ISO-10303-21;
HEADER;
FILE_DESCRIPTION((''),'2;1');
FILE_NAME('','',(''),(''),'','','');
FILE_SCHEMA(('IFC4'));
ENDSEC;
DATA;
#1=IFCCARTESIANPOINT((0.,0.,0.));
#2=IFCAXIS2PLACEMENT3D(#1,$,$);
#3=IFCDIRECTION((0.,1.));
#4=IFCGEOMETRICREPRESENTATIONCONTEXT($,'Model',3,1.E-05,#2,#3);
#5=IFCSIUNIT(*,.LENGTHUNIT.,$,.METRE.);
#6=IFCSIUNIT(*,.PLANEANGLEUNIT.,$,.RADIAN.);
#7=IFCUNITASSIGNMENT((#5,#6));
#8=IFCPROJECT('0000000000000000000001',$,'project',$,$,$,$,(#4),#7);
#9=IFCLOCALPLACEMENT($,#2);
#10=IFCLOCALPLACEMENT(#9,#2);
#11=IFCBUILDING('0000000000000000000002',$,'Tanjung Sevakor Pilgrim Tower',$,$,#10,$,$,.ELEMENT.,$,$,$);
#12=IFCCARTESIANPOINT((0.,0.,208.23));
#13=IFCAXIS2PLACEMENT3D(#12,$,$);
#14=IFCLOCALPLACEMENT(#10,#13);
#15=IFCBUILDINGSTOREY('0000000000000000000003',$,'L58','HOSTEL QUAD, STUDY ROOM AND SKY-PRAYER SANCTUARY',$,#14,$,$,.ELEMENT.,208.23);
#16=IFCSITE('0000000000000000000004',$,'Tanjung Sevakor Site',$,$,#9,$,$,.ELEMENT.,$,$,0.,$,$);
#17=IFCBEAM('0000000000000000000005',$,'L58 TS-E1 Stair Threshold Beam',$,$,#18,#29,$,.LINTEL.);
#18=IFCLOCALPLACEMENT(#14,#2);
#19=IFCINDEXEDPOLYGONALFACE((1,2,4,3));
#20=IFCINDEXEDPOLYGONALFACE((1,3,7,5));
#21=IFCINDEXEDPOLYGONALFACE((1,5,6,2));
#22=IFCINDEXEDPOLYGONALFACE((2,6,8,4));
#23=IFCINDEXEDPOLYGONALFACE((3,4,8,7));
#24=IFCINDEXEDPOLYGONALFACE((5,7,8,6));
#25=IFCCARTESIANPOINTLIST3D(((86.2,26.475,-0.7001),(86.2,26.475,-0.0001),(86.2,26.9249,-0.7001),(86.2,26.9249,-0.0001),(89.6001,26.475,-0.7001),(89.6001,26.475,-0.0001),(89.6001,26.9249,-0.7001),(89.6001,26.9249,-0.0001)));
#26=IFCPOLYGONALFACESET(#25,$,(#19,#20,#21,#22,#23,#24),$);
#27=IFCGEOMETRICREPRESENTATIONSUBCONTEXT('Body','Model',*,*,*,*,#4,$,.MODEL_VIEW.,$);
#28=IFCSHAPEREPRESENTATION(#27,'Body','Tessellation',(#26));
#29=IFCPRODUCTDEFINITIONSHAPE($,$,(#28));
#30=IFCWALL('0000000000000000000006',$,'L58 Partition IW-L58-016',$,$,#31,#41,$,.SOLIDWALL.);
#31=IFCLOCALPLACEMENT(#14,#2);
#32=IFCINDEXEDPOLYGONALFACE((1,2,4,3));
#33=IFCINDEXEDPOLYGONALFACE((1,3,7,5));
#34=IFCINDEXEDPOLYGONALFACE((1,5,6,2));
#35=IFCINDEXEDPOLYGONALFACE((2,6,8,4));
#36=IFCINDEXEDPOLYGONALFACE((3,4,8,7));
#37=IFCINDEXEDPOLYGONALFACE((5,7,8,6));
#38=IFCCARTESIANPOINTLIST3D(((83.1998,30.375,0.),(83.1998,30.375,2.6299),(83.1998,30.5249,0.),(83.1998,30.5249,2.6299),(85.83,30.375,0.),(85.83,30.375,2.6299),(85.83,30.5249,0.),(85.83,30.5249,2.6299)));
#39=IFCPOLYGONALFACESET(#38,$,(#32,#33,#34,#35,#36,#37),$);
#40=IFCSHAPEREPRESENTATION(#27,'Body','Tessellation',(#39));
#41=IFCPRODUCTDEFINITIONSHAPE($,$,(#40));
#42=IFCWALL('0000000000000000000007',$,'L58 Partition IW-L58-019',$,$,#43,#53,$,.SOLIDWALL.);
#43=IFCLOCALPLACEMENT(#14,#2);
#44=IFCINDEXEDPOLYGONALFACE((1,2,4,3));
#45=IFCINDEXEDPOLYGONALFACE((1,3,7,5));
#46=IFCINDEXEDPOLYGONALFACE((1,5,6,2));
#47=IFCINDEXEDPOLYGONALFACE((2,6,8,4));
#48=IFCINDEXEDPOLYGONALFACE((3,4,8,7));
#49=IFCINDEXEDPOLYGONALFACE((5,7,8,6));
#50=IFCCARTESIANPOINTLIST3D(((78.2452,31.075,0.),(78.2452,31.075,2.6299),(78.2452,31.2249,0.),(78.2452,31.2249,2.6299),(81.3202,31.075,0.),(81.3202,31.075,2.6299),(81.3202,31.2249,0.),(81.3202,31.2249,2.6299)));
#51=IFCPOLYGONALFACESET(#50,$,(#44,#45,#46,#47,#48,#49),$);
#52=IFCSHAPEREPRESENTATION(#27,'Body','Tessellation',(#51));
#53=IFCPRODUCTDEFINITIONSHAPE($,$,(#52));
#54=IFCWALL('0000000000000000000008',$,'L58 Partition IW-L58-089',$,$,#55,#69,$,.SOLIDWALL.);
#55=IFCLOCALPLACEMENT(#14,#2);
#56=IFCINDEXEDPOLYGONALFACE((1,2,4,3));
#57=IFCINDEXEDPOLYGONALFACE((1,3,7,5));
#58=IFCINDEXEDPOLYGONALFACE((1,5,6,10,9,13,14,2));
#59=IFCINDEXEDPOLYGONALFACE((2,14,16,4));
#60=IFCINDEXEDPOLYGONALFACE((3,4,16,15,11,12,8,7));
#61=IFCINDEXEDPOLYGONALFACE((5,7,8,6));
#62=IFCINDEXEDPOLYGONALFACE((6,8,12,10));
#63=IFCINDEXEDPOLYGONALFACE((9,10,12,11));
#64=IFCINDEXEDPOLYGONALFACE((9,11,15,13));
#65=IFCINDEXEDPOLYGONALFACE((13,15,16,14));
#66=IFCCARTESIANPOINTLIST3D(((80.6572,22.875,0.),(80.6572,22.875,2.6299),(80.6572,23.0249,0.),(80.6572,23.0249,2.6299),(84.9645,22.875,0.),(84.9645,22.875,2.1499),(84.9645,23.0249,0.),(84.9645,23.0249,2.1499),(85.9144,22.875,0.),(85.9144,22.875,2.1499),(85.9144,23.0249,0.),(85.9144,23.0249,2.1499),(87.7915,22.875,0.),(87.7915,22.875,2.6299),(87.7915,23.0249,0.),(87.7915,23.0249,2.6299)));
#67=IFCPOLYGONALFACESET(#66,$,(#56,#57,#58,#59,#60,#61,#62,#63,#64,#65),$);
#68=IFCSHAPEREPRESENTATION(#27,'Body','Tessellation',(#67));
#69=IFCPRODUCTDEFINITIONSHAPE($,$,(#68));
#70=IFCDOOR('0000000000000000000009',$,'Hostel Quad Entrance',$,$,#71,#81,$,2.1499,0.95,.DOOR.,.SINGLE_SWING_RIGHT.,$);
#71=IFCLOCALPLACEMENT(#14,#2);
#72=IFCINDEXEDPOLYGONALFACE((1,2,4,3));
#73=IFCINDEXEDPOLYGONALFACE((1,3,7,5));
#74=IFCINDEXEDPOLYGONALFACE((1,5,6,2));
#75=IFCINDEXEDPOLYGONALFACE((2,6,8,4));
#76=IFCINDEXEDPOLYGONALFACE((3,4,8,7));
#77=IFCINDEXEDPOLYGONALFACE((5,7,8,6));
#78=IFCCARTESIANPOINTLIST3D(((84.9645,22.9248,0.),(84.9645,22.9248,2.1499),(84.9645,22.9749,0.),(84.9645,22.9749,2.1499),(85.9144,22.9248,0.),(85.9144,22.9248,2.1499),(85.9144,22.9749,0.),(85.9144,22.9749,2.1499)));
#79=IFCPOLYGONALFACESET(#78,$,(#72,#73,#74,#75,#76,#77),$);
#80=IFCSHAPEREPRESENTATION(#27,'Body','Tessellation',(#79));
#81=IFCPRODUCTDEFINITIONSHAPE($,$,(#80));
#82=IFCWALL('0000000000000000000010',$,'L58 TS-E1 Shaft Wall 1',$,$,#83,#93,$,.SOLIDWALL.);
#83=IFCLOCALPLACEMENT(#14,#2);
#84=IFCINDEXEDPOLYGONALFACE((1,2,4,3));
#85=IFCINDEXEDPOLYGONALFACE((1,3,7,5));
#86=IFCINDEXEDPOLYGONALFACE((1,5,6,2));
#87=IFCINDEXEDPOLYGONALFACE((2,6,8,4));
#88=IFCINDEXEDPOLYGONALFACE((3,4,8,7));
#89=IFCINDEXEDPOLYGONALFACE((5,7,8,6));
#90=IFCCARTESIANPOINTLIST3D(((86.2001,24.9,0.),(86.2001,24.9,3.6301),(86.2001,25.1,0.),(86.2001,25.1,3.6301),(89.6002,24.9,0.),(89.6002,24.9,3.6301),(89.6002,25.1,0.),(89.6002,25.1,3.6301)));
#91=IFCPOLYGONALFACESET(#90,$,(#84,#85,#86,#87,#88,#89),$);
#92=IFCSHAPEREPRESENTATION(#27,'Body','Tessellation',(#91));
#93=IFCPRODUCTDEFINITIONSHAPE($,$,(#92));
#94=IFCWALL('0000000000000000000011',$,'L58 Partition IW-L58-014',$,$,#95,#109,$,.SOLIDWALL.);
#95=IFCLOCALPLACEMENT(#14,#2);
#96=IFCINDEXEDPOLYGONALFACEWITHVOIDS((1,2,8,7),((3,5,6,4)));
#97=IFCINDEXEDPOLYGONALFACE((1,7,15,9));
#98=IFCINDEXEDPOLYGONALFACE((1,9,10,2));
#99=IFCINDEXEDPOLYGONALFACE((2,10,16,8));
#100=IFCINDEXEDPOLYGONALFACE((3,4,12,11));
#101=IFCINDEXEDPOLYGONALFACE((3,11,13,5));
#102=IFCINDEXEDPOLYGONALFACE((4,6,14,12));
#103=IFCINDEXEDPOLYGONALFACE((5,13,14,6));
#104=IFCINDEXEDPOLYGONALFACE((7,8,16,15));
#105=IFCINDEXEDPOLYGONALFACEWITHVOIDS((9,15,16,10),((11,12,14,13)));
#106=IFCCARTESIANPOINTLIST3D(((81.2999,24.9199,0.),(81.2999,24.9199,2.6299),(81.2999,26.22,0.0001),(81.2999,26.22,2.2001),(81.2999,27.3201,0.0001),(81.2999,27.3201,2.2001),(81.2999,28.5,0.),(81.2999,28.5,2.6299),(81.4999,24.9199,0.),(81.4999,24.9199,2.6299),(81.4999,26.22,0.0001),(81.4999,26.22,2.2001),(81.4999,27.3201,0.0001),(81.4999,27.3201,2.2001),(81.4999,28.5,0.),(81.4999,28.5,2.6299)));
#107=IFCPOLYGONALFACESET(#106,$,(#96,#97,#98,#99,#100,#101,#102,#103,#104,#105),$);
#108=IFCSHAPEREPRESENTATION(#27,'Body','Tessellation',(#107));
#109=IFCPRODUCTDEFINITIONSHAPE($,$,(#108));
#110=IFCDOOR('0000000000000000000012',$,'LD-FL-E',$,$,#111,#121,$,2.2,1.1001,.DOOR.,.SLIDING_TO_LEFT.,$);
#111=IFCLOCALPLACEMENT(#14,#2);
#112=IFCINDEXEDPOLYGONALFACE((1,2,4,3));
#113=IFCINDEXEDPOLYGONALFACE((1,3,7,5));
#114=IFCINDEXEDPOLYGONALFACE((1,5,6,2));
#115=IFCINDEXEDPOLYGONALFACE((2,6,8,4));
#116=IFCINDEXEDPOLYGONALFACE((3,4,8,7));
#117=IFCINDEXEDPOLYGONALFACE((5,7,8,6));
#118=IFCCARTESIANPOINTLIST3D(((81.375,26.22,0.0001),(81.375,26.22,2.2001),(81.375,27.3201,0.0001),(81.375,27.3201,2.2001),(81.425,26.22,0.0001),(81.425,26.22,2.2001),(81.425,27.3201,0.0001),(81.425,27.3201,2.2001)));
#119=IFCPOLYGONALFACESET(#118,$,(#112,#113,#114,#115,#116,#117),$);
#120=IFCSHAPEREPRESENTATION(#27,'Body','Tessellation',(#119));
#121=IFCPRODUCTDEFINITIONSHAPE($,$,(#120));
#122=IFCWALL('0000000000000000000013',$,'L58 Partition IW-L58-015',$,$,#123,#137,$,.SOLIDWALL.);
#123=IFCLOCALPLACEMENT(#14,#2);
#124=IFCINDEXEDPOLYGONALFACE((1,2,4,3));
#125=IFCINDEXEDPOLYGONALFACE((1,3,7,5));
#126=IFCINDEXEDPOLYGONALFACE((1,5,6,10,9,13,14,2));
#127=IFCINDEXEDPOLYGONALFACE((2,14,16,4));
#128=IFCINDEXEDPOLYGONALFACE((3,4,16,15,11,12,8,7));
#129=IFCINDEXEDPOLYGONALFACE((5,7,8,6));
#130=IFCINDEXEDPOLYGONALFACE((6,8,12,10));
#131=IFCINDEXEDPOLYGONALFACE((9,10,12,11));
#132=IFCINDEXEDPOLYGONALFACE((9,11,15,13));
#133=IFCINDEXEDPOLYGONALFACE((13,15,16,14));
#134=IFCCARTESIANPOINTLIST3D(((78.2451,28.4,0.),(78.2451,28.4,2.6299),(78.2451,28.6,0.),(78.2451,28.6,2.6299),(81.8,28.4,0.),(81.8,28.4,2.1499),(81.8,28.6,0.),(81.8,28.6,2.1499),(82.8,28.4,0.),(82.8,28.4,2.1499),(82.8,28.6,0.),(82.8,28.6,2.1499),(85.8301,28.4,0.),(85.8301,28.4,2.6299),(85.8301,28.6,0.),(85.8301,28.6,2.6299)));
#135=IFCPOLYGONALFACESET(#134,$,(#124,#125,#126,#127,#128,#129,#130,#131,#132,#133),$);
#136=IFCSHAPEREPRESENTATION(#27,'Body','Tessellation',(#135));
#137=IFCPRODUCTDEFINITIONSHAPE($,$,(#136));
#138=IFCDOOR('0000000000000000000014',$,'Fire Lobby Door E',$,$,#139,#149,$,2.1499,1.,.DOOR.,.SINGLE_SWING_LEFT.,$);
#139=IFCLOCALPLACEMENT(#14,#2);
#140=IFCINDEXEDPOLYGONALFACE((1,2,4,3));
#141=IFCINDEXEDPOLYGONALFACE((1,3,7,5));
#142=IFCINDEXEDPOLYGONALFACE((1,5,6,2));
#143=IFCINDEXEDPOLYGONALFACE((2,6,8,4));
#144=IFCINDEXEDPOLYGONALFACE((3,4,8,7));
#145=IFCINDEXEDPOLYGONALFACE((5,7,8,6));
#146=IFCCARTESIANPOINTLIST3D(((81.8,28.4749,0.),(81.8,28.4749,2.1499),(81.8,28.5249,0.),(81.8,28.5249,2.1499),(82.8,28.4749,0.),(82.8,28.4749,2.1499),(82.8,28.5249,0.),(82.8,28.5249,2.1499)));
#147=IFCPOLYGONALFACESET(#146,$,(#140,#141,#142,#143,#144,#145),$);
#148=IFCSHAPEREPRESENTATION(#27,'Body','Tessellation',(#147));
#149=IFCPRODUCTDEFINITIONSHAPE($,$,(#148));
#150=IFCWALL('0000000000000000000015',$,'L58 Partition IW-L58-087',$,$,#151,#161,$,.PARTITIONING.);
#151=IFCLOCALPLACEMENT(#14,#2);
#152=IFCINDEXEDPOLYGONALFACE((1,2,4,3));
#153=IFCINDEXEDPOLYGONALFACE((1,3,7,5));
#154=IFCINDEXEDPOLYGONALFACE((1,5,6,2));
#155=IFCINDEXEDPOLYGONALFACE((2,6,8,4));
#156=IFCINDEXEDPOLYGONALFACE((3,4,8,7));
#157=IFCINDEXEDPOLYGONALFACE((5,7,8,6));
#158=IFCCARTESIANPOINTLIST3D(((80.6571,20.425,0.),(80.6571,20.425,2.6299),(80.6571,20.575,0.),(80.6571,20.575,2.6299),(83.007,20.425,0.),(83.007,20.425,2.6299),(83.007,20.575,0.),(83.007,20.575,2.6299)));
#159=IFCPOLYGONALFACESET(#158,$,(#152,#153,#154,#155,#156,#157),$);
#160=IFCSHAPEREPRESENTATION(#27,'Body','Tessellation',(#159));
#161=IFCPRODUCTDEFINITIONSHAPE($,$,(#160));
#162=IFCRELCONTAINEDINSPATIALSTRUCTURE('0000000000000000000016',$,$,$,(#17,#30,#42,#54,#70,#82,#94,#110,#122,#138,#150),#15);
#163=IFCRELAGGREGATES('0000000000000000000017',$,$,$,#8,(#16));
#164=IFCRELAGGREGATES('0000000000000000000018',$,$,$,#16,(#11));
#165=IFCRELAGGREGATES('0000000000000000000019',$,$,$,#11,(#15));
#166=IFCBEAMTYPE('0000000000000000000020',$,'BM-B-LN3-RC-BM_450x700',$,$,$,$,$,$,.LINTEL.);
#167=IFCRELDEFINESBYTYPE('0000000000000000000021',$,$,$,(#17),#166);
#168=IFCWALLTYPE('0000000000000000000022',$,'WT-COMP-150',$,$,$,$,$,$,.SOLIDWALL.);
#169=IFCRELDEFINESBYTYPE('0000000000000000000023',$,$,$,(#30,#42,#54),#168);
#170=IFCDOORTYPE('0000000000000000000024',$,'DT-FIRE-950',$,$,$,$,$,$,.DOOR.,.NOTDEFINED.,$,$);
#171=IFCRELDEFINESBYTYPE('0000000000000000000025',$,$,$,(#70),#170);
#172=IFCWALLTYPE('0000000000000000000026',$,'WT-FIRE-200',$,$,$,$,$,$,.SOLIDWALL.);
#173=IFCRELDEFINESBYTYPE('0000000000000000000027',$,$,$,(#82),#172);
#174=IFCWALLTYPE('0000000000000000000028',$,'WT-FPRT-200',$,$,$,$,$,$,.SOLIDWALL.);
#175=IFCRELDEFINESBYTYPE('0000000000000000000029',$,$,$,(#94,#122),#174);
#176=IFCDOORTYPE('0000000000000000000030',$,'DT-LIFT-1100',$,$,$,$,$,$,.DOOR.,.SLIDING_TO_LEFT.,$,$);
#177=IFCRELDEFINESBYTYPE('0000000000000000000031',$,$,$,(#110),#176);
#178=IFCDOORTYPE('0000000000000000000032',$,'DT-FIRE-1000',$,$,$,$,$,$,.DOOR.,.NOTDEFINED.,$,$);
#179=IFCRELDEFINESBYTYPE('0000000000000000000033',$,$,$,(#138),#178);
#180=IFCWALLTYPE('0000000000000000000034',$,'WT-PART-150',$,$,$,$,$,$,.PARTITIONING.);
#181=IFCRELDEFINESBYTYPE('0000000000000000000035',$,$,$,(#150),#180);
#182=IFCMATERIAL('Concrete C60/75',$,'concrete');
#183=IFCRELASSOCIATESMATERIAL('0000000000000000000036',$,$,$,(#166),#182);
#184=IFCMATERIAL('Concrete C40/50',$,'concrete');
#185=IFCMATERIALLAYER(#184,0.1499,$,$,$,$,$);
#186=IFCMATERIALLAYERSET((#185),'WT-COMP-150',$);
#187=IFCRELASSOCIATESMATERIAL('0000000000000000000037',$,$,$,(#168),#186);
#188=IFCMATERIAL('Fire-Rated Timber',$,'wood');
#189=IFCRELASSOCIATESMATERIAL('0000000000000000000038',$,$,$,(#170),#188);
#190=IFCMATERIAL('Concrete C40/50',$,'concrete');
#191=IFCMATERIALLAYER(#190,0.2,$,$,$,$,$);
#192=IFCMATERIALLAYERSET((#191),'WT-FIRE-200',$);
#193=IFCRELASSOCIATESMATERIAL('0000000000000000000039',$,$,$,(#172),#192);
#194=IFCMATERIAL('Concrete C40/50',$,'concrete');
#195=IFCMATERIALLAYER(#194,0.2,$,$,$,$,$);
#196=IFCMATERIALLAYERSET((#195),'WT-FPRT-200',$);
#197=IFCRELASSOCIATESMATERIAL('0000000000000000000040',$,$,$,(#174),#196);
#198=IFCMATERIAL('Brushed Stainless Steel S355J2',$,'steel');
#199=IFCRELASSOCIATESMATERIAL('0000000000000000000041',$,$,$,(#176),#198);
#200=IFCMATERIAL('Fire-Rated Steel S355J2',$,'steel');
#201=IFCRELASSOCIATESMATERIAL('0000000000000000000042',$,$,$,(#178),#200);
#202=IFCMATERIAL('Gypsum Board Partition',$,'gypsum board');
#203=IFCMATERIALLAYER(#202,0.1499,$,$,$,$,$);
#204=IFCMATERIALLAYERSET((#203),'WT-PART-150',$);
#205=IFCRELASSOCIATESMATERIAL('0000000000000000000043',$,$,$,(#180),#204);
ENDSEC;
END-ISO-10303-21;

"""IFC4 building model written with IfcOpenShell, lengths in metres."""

from ifc_helpers import new_model, si_unit, direction, frame, frame_2d, origin, origin_2d, place, context, subcontext, project, spatial, rectangle, extrude, material, layer, layer_set, material_profile, profile_set, type_object, element, fill, save


model = new_model("IFC4")

# Units and contexts
model_context = context("Model", 3, precision=1e-05, world=origin(), true_north=direction((0.0, 1.0)))
body_context = subcontext(model_context, "Body", "Model", "MODEL_VIEW")
ifc_project = project(units=[si_unit("LENGTHUNIT", "METRE"), si_unit("PLANEANGLEUNIT", "RADIAN")], contexts=[model_context])

# Site, building, storey
site_placement = place(None, origin())
site = spatial("IfcSite", under=ifc_project, at=site_placement, Name="Tanjung Sevakor Site", CompositionType="ELEMENT", RefElevation=0.0)
building_placement = place(site_placement, origin())
building = spatial("IfcBuilding", under=site, at=building_placement, Name="Tanjung Sevakor Pilgrim Tower", CompositionType="ELEMENT")
storey_placement = place(building_placement, frame((0.0, 0.0, 208.23)))
storey = spatial("IfcBuildingStorey", under=building, at=storey_placement, Name="L58", Description="HOSTEL QUAD, STUDY ROOM AND SKY-PRAYER SANCTUARY", CompositionType="ELEMENT", Elevation=208.23)

# Beam
ifc_material_1 = material(Name="Concrete C60/75", Category="concrete")
ifc_material_profile = material_profile(ifc_material_1, rectangle(XDim=0.45, YDim=0.7, at=origin_2d()))
ifc_profile_set = profile_set([ifc_material_profile], Name="Concrete C60/75")
beam_type = type_object("IfcBeamType", Name="BM-B-LN3-RC-BM_450x700", PredefinedType="LINTEL", material=ifc_profile_set)
beam_placement = place(storey_placement, frame((86.2, 26.7, -0.3501), z_axis=(1.0, 0.0, 0.0), x_axis=(0.0, 1.0, 0.0)))
element("IfcBeam", 1, at=beam_placement, inside=storey, type_object=beam_type, Name="L58 TS-E1 Stair Threshold Beam", PredefinedType="LINTEL", context=body_context, shape_type="SweptSolid", body=[
    extrude(rectangle(XDim=0.45, YDim=0.7, at=origin_2d()), origin(), (0.0, 0.0, 1.0), 3.4001),
])

# Wall
ifc_material_2 = material(Name="Concrete C40/50", Category="concrete")
ifc_layer_1 = layer(ifc_material_2, 0.1499)
ifc_layer_set_1 = layer_set([ifc_layer_1], Name="WT-COMP-150")
wall_type_1 = type_object("IfcWallType", Name="WT-COMP-150", PredefinedType="SOLIDWALL", material=ifc_layer_set_1)
wall_1_placement = place(storey_placement, frame((83.2, 30.45, 0.0), z_axis=(0.0, 0.0, 1.0), x_axis=(1.0, 0.0, 0.0)))
element("IfcWall", 2, at=wall_1_placement, inside=storey, type_object=wall_type_1, Name="L58 Partition IW-L58-016", PredefinedType="SOLIDWALL", context=body_context, shape_type="SweptSolid", body=[
    extrude(rectangle(XDim=2.6301, YDim=0.1499, at=frame_2d((1.3149, 0.0))), origin(), (0.0, 0.0, 1.0), 2.6299),
])

# Shared definitions
ifc_material_3 = material(Name="Fire-Rated Timber", Category="wood")
door_type_1 = type_object("IfcDoorType", Name="DT-FIRE-950", OperationType="NOTDEFINED", PredefinedType="DOOR", material=ifc_material_3)

# Wall
wall_2_placement = place(storey_placement, frame((78.2451, 31.1499, 0.0), z_axis=(0.0, 0.0, 1.0), x_axis=(1.0, 0.0, 0.0)))
element("IfcWall", 3, at=wall_2_placement, inside=storey, type_object=wall_type_1, Name="L58 Partition IW-L58-019", PredefinedType="SOLIDWALL", context=body_context, shape_type="SweptSolid", body=[
    extrude(rectangle(XDim=3.075, YDim=0.1499, at=frame_2d((1.5376, 0.0))), origin(), (0.0, 0.0, 1.0), 2.6299),
])

# Wall, opening, door
wall_3_placement = place(storey_placement, frame((80.6572, 22.95, 0.0), z_axis=(0.0, 0.0, 1.0), x_axis=(1.0, 0.0, 0.0)))
wall_3 = element("IfcWall", 4, at=wall_3_placement, inside=storey, type_object=wall_type_1, Name="L58 Partition IW-L58-089", PredefinedType="SOLIDWALL", context=body_context, shape_type="SweptSolid", body=[
    extrude(rectangle(XDim=7.1343, YDim=0.1499, at=frame_2d((3.5671, 0.0))), origin(), (0.0, 0.0, 1.0), 2.6299),
])
opening_1_placement = place(wall_3_placement, frame((4.3071, 0.0, 0.0)))
opening_1 = element("IfcOpeningElement", 5, at=opening_1_placement, cuts=wall_3, PredefinedType="OPENING", context=body_context, shape_type="SweptSolid", body=[
    extrude(rectangle(XDim=0.95, YDim=2.1499, at=frame_2d((0.4751, 1.075))), frame((0.0, 0.085, 0.0), z_axis=(0.0, -1.0, 0.0), x_axis=(1.0, 0.0, 0.0)), (0.0, 0.0, 1.0), 0.1699),
])
door_1_placement = place(opening_1_placement, origin())
door_1 = element("IfcDoor", 6, at=door_1_placement, inside=storey, type_object=door_type_1, Name="Hostel Quad Entrance", OperationType="SINGLE_SWING_RIGHT", OverallHeight=2.1499, OverallWidth=0.95, PredefinedType="DOOR", context=body_context, shape_type="SweptSolid", body=[
    extrude(rectangle(XDim=0.95, YDim=2.1499, at=frame_2d((0.4751, 1.075))), frame((0.0, 0.0249, 0.0), z_axis=(0.0, -1.0, 0.0), x_axis=(1.0, 0.0, 0.0)), (0.0, 0.0, 1.0), 0.05),
])
fill(opening_1, door_1)

# Wall
ifc_material_4 = material(Name="Concrete C40/50", Category="concrete")
ifc_layer_2 = layer(ifc_material_4, 0.2)
ifc_layer_set_2 = layer_set([ifc_layer_2], Name="WT-FIRE-200")
wall_type_2 = type_object("IfcWallType", Name="WT-FIRE-200", PredefinedType="SOLIDWALL", material=ifc_layer_set_2)
wall_4_placement = place(storey_placement, frame((86.2, 25.0, 0.0), z_axis=(0.0, 0.0, 1.0), x_axis=(1.0, 0.0, 0.0)))
element("IfcWall", 7, at=wall_4_placement, inside=storey, type_object=wall_type_2, Name="L58 TS-E1 Shaft Wall 1", PredefinedType="SOLIDWALL", context=body_context, shape_type="SweptSolid", body=[
    extrude(rectangle(XDim=3.4001, YDim=0.2, at=frame_2d((1.7002, 0.0))), origin(), (0.0, 0.0, 1.0), 3.6301),
])

# Walls, openings, doors
ifc_material_5 = material(Name="Concrete C40/50", Category="concrete")
ifc_layer_3 = layer(ifc_material_5, 0.2)
ifc_layer_set_3 = layer_set([ifc_layer_3], Name="WT-FPRT-200")
wall_type_3 = type_object("IfcWallType", Name="WT-FPRT-200", PredefinedType="SOLIDWALL", material=ifc_layer_set_3)
wall_5_placement = place(storey_placement, frame((81.3999, 24.9199, 0.0), z_axis=(0.0, 0.0, 1.0), x_axis=(0.0, 1.0, 0.0)))
wall_5 = element("IfcWall", 8, at=wall_5_placement, inside=storey, type_object=wall_type_3, Name="L58 Partition IW-L58-014", PredefinedType="SOLIDWALL", context=body_context, shape_type="SweptSolid", body=[
    extrude(rectangle(XDim=3.5801, YDim=0.2, at=frame_2d((1.79, 0.0))), origin(), (0.0, 0.0, 1.0), 2.6299),
])
opening_2_placement = place(wall_5_placement, frame((1.3, 0.0, 0.0)))
opening_2 = element("IfcOpeningElement", 9, at=opening_2_placement, cuts=wall_5, PredefinedType="OPENING", context=body_context, shape_type="SweptSolid", body=[
    extrude(rectangle(XDim=1.1001, YDim=2.2, at=frame_2d((0.55, 1.1001))), frame((0.0, 0.1099, 0.0), z_axis=(0.0, -1.0, 0.0), x_axis=(1.0, 0.0, 0.0)), (0.0, 0.0, 1.0), 0.22),
])
ifc_material_6 = material(Name="Brushed Stainless Steel S355J2", Category="steel")
door_type_2 = type_object("IfcDoorType", Name="DT-LIFT-1100", OperationType="SLIDING_TO_LEFT", PredefinedType="DOOR", material=ifc_material_6)
door_2_placement = place(opening_2_placement, origin())
door_2 = element("IfcDoor", 10, at=door_2_placement, inside=storey, type_object=door_type_2, Name="LD-FL-E", OperationType="SLIDING_TO_LEFT", OverallHeight=2.2, OverallWidth=1.1001, PredefinedType="DOOR", context=body_context, shape_type="SweptSolid", body=[
    extrude(rectangle(XDim=1.1001, YDim=2.2, at=frame_2d((0.55, 1.1001))), frame((0.0, 0.0249, 0.0), z_axis=(0.0, -1.0, 0.0), x_axis=(1.0, 0.0, 0.0)), (0.0, 0.0, 1.0), 0.05),
])
fill(opening_2, door_2)
wall_6_placement = place(storey_placement, frame((78.2451, 28.5, 0.0), z_axis=(0.0, 0.0, 1.0), x_axis=(1.0, 0.0, 0.0)))
wall_6 = element("IfcWall", 11, at=wall_6_placement, inside=storey, type_object=wall_type_3, Name="L58 Partition IW-L58-015", PredefinedType="SOLIDWALL", context=body_context, shape_type="SweptSolid", body=[
    extrude(rectangle(XDim=7.585, YDim=0.2, at=frame_2d((3.7925, 0.0))), origin(), (0.0, 0.0, 1.0), 2.6299),
])
opening_3_placement = place(wall_6_placement, frame((3.5549, 0.0, 0.0)))
opening_3 = element("IfcOpeningElement", 12, at=opening_3_placement, cuts=wall_6, PredefinedType="OPENING", context=body_context, shape_type="SweptSolid", body=[
    extrude(rectangle(XDim=1.0, YDim=2.1499, at=frame_2d((0.5, 1.075))), frame((0.0, 0.1099, 0.0), z_axis=(0.0, -1.0, 0.0), x_axis=(1.0, 0.0, 0.0)), (0.0, 0.0, 1.0), 0.22),
])
ifc_material_7 = material(Name="Fire-Rated Steel S355J2", Category="steel")
door_type_3 = type_object("IfcDoorType", Name="DT-FIRE-1000", OperationType="NOTDEFINED", PredefinedType="DOOR", material=ifc_material_7)
door_3_placement = place(opening_3_placement, origin())
door_3 = element("IfcDoor", 13, at=door_3_placement, inside=storey, type_object=door_type_3, Name="Fire Lobby Door E", OperationType="SINGLE_SWING_LEFT", OverallHeight=2.1499, OverallWidth=1.0, PredefinedType="DOOR", context=body_context, shape_type="SweptSolid", body=[
    extrude(rectangle(XDim=1.0, YDim=2.1499, at=frame_2d((0.5, 1.075))), frame((0.0, 0.0249, 0.0), z_axis=(0.0, -1.0, 0.0), x_axis=(1.0, 0.0, 0.0)), (0.0, 0.0, 1.0), 0.05),
])
fill(opening_3, door_3)

# Wall
ifc_material_8 = material(Name="Gypsum Board Partition", Category="gypsum board")
ifc_layer_4 = layer(ifc_material_8, 0.1499)
ifc_layer_set_4 = layer_set([ifc_layer_4], Name="WT-PART-150")
wall_type_4 = type_object("IfcWallType", Name="WT-PART-150", PredefinedType="PARTITIONING", material=ifc_layer_set_4)
wall_7_placement = place(storey_placement, frame((80.6572, 20.5, 0.0), z_axis=(0.0, 0.0, 1.0), x_axis=(1.0, 0.0, 0.0)))
element("IfcWall", 14, at=wall_7_placement, inside=storey, type_object=wall_type_4, Name="L58 Partition IW-L58-087", PredefinedType="PARTITIONING", context=body_context, shape_type="SweptSolid", body=[
    extrude(rectangle(XDim=2.3499, YDim=0.1499, at=frame_2d((1.1748, 0.0))), origin(), (0.0, 0.0, 1.0), 2.6299),
])

save(model, "model.ifc")
